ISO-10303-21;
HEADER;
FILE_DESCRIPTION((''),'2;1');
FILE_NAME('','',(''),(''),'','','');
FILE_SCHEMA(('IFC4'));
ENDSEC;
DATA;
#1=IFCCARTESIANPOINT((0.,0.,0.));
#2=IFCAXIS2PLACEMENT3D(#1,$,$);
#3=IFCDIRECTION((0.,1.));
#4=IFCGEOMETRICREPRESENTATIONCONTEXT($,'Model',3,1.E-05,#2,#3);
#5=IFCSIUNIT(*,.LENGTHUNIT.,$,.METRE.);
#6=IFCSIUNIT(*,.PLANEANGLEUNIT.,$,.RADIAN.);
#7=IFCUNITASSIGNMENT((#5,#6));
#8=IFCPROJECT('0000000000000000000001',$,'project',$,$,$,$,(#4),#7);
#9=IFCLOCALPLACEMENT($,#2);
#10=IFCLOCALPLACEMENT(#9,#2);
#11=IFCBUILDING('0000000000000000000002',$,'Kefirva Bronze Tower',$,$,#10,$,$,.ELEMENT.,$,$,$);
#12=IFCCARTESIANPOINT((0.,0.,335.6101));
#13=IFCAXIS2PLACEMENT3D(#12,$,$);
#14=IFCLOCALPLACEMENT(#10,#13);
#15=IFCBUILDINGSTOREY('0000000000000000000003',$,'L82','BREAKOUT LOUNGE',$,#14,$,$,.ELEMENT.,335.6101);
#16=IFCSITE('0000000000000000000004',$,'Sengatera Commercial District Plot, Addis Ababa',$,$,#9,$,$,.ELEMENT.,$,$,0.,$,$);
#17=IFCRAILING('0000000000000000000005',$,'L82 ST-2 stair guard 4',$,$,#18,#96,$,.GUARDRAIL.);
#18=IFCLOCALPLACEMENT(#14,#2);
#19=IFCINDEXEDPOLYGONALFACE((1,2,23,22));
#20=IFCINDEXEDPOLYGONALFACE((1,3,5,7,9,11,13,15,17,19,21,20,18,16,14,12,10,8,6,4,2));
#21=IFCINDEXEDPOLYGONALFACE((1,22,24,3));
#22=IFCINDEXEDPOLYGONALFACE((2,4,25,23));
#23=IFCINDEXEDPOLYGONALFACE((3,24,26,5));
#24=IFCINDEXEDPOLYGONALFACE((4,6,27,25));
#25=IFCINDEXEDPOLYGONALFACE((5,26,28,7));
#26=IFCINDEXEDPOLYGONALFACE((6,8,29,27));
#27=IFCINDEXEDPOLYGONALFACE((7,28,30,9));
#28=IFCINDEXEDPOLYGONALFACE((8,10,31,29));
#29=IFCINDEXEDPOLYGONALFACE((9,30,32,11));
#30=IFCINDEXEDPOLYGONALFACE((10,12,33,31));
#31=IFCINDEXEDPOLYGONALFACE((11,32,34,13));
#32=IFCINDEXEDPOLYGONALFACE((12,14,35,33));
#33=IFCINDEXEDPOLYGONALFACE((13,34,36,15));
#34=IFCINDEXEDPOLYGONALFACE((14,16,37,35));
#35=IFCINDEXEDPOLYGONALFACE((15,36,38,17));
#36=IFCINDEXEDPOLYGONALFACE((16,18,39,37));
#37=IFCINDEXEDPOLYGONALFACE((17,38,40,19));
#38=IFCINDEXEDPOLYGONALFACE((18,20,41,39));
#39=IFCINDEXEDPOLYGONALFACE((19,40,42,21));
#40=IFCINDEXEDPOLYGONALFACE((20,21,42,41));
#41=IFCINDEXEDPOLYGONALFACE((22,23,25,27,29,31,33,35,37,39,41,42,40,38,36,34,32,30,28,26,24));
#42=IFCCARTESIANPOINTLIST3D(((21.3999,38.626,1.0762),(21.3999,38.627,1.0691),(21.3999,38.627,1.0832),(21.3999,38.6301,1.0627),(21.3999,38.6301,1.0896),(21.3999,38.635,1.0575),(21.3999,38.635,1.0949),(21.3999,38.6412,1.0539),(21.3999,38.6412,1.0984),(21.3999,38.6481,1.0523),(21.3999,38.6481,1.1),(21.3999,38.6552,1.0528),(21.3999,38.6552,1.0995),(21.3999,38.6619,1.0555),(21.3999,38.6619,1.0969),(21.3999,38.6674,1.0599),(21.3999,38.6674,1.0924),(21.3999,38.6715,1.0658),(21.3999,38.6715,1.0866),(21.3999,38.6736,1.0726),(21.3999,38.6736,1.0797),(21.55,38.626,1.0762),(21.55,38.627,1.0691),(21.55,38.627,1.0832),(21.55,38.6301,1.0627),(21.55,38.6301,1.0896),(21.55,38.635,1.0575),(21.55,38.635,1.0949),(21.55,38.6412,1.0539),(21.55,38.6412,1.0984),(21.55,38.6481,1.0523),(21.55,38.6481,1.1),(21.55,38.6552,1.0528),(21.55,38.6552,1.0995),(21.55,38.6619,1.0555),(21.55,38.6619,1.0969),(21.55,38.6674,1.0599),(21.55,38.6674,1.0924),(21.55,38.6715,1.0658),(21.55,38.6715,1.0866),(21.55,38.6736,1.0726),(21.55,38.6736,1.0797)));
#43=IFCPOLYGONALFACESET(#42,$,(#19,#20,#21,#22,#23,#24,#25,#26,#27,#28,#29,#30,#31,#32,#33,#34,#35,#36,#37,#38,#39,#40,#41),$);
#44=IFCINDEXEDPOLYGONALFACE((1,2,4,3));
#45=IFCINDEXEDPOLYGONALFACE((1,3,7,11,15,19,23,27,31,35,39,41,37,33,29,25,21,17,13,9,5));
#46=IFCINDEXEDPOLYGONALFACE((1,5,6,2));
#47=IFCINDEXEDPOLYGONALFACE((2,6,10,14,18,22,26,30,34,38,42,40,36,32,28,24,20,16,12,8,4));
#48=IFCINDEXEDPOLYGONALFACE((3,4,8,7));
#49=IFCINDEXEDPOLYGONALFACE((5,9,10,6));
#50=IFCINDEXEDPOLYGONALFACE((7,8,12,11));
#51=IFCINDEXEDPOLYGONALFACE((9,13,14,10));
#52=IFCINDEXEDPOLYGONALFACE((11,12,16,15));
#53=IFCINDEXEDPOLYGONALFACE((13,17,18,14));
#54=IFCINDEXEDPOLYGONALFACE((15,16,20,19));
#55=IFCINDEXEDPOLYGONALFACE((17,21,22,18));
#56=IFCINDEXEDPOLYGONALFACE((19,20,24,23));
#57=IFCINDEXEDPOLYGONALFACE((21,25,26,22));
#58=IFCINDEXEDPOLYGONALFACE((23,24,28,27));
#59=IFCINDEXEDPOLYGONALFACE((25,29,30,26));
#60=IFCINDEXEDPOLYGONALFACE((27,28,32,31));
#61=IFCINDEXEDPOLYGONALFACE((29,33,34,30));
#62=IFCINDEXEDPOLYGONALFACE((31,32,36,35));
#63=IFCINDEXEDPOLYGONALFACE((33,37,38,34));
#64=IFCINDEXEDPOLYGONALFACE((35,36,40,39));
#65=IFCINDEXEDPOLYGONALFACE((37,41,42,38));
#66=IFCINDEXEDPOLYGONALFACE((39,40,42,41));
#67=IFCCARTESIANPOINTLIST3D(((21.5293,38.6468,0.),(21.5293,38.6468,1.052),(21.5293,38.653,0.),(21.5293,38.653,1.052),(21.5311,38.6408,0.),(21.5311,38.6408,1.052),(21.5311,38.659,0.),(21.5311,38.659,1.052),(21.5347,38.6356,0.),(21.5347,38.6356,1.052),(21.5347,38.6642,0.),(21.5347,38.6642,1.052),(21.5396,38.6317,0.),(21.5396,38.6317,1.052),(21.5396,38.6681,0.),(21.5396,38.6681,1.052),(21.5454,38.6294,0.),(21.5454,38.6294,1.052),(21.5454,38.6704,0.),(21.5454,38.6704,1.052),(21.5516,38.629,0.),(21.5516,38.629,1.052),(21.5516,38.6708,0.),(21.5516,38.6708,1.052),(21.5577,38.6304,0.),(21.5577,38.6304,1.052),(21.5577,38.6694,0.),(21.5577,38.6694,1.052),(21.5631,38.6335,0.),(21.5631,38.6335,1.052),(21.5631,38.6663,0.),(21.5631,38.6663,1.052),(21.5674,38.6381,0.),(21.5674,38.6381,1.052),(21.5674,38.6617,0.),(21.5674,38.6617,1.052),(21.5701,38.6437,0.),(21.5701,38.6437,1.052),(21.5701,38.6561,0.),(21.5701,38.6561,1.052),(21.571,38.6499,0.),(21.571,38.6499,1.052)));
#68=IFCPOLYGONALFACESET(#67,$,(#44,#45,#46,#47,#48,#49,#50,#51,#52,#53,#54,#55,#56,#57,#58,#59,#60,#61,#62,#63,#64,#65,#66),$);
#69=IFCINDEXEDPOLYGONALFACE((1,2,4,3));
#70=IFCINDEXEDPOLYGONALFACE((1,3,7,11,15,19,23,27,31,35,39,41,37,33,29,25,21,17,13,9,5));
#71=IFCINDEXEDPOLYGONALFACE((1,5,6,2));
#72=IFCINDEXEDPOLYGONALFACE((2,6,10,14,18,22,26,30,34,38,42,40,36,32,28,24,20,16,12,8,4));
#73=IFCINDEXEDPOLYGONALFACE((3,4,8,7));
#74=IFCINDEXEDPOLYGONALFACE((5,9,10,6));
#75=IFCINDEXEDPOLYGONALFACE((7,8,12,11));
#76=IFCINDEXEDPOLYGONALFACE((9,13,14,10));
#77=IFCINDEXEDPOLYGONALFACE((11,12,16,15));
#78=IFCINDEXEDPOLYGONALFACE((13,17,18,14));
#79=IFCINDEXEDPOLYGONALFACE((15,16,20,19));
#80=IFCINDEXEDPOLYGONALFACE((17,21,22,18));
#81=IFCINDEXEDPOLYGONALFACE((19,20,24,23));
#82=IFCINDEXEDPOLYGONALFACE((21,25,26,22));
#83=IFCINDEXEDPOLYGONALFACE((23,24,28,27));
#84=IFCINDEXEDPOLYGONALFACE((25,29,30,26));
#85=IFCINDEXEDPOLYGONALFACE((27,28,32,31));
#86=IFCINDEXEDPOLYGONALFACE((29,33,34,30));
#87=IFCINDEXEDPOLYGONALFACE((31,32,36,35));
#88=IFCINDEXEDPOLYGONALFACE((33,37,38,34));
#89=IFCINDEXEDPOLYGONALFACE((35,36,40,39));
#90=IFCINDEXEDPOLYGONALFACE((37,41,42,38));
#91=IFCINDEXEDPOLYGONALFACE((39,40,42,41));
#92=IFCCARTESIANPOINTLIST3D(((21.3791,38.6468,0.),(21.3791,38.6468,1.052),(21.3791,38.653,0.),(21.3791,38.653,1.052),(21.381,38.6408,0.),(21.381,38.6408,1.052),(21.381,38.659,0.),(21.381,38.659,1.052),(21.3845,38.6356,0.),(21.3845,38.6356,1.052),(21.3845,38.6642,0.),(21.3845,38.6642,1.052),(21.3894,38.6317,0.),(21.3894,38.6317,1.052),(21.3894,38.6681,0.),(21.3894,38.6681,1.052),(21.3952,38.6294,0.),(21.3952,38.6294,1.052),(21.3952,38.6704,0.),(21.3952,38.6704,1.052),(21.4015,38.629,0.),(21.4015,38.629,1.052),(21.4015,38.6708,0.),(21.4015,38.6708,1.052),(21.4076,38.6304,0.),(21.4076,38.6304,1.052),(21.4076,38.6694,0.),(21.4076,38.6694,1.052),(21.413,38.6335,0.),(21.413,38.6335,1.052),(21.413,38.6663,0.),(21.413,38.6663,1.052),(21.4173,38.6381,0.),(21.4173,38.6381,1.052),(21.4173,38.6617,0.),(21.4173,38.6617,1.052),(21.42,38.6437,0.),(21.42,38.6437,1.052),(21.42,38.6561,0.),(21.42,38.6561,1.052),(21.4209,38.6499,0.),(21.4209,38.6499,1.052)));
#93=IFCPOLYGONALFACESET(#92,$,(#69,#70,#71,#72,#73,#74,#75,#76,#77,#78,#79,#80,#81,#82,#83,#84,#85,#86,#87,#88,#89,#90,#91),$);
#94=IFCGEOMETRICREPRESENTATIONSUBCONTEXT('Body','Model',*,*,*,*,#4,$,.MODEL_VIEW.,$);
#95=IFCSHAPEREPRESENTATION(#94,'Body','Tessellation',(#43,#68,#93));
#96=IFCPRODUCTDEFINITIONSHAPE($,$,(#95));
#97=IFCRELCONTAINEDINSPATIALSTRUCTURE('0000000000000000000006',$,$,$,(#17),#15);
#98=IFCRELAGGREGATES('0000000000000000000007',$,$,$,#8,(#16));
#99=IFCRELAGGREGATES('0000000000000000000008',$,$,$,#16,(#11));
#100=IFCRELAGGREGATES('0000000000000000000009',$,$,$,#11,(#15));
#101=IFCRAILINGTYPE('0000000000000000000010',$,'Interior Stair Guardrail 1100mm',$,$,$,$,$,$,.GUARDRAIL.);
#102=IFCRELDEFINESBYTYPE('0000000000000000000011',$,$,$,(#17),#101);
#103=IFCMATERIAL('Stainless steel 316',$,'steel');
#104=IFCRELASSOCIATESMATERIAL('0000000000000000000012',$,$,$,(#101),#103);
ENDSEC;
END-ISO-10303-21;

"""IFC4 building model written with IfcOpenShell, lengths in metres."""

from ifc_helpers import new_model, si_unit, direction, frame, origin, origin_2d, place, context, subcontext, project, spatial, circle, extrude, material, type_object, element, save


model = new_model("IFC4")

# Units and contexts
model_context = context("Model", 3, precision=1e-05, world=origin(), true_north=direction((0.0, 1.0)))
body_context = subcontext(model_context, "Body", "Model", "MODEL_VIEW")
ifc_project = project(units=[si_unit("LENGTHUNIT", "METRE"), si_unit("PLANEANGLEUNIT", "RADIAN")], contexts=[model_context])

# Site, building, storey
site_placement = place(None, origin())
site = spatial("IfcSite", under=ifc_project, at=site_placement, Name="Sengatera Commercial District Plot, Addis Ababa", CompositionType="ELEMENT", RefElevation=0.0)
building_placement = place(site_placement, origin())
building = spatial("IfcBuilding", under=site, at=building_placement, Name="Kefirva Bronze Tower", CompositionType="ELEMENT")
storey_placement = place(building_placement, frame((0.0, 0.0, 335.6101)))
storey = spatial("IfcBuildingStorey", under=building, at=storey_placement, Name="L82", Description="BREAKOUT LOUNGE", CompositionType="ELEMENT", Elevation=335.6101)

# Railing
ifc_material_1 = material(Name="Stainless steel 316", Category="steel")
railing_type_1 = type_object("IfcRailingType", Name="Interior Stair Guardrail 1100mm", PredefinedType="GUARDRAIL", material=ifc_material_1)
railing_1_placement = place(storey_placement, frame((21.55, 38.6499, 0.0)))
element("IfcRailing", 1, at=railing_1_placement, inside=storey, type_object=railing_type_1, Name="L82 ST-2 stair guard 4", PredefinedType="GUARDRAIL", context=body_context, shape_type="SweptSolid", body=[
    extrude(circle(Radius=0.0239, at=origin_2d()), frame((0.0, 0.0, 1.0762), z_axis=(-1.0, 0.0, 0.0), x_axis=(0.0, -1.0, 0.0)), (0.0, 0.0, 1.0), 0.1501),
    extrude(circle(Radius=0.021, at=origin_2d()), origin(), (0.0, 0.0, 1.0), 1.052),
    extrude(circle(Radius=0.021, at=origin_2d()), frame((-0.1501, 0.0, 0.0)), (0.0, 0.0, 1.0), 1.052),
])

save(model, "model.ifc")
